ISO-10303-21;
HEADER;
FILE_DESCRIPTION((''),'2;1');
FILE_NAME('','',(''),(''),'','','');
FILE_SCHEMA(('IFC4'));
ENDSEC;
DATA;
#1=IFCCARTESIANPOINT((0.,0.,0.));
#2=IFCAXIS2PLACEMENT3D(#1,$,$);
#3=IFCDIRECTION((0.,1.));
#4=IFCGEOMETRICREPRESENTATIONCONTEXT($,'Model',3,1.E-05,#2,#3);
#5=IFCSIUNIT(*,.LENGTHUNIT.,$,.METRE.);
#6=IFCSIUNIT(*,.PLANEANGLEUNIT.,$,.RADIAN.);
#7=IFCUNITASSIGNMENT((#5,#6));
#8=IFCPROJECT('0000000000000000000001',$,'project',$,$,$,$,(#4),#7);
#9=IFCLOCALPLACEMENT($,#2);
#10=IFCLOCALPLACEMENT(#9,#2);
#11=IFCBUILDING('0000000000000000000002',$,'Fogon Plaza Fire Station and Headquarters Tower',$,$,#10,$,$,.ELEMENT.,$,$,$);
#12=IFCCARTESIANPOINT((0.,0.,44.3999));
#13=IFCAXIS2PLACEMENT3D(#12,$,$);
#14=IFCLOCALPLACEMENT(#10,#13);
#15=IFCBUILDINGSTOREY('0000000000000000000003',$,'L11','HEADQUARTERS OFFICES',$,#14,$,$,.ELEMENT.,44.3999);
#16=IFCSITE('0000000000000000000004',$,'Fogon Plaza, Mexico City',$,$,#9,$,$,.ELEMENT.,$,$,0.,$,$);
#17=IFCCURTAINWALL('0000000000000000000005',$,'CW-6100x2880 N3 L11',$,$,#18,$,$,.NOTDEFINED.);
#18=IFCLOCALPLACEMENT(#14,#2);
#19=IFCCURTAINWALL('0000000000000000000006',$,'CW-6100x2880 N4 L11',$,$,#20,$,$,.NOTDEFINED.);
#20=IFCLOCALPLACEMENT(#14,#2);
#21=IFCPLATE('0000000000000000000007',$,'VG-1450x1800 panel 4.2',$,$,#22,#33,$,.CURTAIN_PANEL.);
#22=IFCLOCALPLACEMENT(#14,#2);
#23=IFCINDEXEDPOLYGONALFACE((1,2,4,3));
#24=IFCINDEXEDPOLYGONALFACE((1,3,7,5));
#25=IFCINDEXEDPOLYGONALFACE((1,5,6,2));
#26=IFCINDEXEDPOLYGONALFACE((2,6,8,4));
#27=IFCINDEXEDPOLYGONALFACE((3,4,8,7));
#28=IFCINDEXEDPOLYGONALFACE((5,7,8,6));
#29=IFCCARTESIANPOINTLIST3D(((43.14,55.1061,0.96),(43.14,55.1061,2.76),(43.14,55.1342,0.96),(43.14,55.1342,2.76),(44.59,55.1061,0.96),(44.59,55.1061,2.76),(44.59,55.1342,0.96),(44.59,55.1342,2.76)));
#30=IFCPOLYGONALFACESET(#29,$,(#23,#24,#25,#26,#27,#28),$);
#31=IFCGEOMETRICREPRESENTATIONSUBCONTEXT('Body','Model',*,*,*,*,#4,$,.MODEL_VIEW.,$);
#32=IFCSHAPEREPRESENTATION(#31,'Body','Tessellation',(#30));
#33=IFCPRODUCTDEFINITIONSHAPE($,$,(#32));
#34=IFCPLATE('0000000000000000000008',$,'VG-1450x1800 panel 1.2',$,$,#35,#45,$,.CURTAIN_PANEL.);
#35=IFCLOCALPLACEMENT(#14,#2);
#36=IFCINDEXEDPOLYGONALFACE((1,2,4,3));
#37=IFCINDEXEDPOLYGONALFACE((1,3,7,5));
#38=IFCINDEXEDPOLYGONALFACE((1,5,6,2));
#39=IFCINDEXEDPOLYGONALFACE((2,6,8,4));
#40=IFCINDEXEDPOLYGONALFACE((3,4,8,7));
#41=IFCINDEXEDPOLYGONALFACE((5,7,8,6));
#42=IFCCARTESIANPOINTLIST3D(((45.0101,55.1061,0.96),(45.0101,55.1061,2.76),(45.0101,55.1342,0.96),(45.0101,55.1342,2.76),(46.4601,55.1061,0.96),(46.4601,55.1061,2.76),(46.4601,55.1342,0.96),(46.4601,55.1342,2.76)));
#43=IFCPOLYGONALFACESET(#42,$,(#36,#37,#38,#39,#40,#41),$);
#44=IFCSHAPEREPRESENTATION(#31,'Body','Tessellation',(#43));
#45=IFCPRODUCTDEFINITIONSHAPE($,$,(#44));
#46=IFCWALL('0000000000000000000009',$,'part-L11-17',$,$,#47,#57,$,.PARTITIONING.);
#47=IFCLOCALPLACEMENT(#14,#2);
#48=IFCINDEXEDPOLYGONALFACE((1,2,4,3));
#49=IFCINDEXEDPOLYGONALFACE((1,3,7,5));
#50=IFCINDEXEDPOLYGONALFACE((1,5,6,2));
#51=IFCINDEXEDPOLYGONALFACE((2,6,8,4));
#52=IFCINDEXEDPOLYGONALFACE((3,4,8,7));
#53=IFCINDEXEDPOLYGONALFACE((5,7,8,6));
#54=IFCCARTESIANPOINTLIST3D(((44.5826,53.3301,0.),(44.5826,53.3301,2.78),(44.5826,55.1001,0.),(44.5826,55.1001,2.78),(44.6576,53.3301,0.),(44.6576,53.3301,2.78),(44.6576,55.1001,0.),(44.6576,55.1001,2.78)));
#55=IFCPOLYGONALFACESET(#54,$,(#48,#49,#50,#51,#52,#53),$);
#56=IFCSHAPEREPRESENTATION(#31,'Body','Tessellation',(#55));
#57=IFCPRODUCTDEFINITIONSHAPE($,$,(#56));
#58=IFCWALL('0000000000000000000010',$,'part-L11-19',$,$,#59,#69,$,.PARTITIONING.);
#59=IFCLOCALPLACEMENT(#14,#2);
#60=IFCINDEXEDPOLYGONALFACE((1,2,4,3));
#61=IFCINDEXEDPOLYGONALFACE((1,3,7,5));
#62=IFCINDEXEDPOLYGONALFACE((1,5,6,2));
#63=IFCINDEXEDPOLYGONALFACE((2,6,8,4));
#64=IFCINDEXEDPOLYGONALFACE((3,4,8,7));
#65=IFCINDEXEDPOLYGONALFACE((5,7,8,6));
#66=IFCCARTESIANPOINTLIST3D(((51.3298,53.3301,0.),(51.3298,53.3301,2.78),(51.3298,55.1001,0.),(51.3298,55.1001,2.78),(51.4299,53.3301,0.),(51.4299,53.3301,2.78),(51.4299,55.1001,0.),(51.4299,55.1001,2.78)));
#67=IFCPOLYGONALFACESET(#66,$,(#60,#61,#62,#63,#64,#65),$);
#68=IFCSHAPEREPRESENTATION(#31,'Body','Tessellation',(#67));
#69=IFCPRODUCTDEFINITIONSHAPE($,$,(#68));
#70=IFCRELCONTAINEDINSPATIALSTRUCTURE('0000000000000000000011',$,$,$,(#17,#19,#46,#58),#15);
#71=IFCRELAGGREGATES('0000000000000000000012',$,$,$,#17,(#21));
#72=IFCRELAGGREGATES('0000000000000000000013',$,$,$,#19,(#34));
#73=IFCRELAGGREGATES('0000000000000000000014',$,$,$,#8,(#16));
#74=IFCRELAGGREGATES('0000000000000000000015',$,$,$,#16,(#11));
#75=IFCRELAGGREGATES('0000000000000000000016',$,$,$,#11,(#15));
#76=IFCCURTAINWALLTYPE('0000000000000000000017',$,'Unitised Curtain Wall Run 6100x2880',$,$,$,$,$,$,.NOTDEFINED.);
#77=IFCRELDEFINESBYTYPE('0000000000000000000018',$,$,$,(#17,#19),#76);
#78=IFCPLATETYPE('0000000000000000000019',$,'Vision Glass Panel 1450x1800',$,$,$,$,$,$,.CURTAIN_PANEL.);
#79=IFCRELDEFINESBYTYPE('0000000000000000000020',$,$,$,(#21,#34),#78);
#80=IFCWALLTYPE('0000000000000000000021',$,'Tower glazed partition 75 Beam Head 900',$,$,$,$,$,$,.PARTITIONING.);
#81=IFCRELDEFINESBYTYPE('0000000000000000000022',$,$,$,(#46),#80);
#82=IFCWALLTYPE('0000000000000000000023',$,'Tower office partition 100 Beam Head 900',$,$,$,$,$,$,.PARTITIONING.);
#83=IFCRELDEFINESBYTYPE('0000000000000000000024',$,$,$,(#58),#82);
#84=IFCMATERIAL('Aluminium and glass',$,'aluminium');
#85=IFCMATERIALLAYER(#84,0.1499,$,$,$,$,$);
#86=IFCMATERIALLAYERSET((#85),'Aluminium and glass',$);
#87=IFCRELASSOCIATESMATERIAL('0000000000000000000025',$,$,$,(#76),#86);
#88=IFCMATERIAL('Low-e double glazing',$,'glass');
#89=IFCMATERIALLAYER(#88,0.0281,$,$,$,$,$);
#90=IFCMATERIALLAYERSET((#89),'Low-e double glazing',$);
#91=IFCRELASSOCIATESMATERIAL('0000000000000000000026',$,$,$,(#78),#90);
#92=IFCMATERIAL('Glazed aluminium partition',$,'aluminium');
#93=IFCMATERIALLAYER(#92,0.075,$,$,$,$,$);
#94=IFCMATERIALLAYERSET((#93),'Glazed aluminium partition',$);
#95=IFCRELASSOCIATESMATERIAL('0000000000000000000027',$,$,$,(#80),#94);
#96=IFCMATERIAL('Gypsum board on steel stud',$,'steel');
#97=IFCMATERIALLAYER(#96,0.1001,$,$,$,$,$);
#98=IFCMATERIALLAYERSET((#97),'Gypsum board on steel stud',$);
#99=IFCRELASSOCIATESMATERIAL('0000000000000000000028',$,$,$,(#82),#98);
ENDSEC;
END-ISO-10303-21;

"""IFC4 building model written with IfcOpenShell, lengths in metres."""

from ifc_helpers import new_model, si_unit, direction, frame, frame_2d, origin, origin_2d, place, context, subcontext, project, spatial, rectangle, extrude, material, layer, layer_set, type_object, element, aggregate, save


model = new_model("IFC4")

# Units and contexts
model_context = context("Model", 3, precision=1e-05, world=origin(), true_north=direction((0.0, 1.0)))
body_context = subcontext(model_context, "Body", "Model", "MODEL_VIEW")
ifc_project = project(units=[si_unit("LENGTHUNIT", "METRE"), si_unit("PLANEANGLEUNIT", "RADIAN")], contexts=[model_context])

# Site, building, storey
site_placement = place(None, origin())
site = spatial("IfcSite", under=ifc_project, at=site_placement, Name="Fogon Plaza, Mexico City", CompositionType="ELEMENT", RefElevation=0.0)
building_placement = place(site_placement, origin())
building = spatial("IfcBuilding", under=site, at=building_placement, Name="Fogon Plaza Fire Station and Headquarters Tower", CompositionType="ELEMENT")
storey_placement = place(building_placement, frame((0.0, 0.0, 44.3999)))
storey = spatial("IfcBuildingStorey", under=building, at=storey_placement, Name="L11", Description="HEADQUARTERS OFFICES", CompositionType="ELEMENT", Elevation=44.3999)

# Curtain walls
ifc_material_1 = material(Name="Aluminium and glass", Category="aluminium")
ifc_layer_1 = layer(ifc_material_1, 0.1499)
ifc_layer_set_1 = layer_set([ifc_layer_1], Name="Aluminium and glass")
curtain_wall_type = type_object("IfcCurtainWallType", Name="Unitised Curtain Wall Run 6100x2880", PredefinedType="NOTDEFINED", material=ifc_layer_set_1)
curtain_wall_1_placement = place(storey_placement, origin())
curtain_wall_1 = element("IfcCurtainWall", 1, at=curtain_wall_1_placement, inside=storey, type_object=curtain_wall_type, Name="CW-6100x2880 N3 L11", PredefinedType="NOTDEFINED")
curtain_wall_2_placement = place(storey_placement, origin())
curtain_wall_2 = element("IfcCurtainWall", 2, at=curtain_wall_2_placement, inside=storey, type_object=curtain_wall_type, Name="CW-6100x2880 N4 L11", PredefinedType="NOTDEFINED")

# Plates
ifc_material_2 = material(Name="Low-e double glazing", Category="glass")
ifc_layer_2 = layer(ifc_material_2, 0.0281)
ifc_layer_set_2 = layer_set([ifc_layer_2], Name="Low-e double glazing")
plate_type_1 = type_object("IfcPlateType", Name="Vision Glass Panel 1450x1800", PredefinedType="CURTAIN_PANEL", material=ifc_layer_set_2)
plate_1_placement = place(storey_placement, frame((43.865, 55.1201, 0.96), z_axis=(0.0, 0.0, 1.0), x_axis=(1.0, 0.0, 0.0)))
plate_1 = element("IfcPlate", 3, at=plate_1_placement, type_object=plate_type_1, Name="VG-1450x1800 panel 4.2", PredefinedType="CURTAIN_PANEL", context=body_context, shape_type="SweptSolid", body=[
    extrude(rectangle(XDim=1.45, YDim=0.0281, at=origin_2d()), origin(), (0.0, 0.0, 1.0), 1.8),
])
aggregate(curtain_wall_1, [plate_1])
plate_2_placement = place(storey_placement, frame((45.7351, 55.1201, 0.96), z_axis=(0.0, 0.0, 1.0), x_axis=(1.0, 0.0, 0.0)))
plate_2 = element("IfcPlate", 4, at=plate_2_placement, type_object=plate_type_1, Name="VG-1450x1800 panel 1.2", PredefinedType="CURTAIN_PANEL", context=body_context, shape_type="SweptSolid", body=[
    extrude(rectangle(XDim=1.45, YDim=0.0281, at=origin_2d()), origin(), (0.0, 0.0, 1.0), 1.8),
])
aggregate(curtain_wall_2, [plate_2])

# Walls
ifc_material_3 = material(Name="Glazed aluminium partition", Category="aluminium")
ifc_layer_3 = layer(ifc_material_3, 0.075)
ifc_layer_set_3 = layer_set([ifc_layer_3], Name="Glazed aluminium partition")
wall_type_1 = type_object("IfcWallType", Name="Tower glazed partition 75 Beam Head 900", PredefinedType="PARTITIONING", material=ifc_layer_set_3)
wall_1_placement = place(storey_placement, frame((44.6201, 53.3301, 0.0), z_axis=(0.0, 0.0, 1.0), x_axis=(0.0, 1.0, 0.0)))
element("IfcWall", 5, at=wall_1_placement, inside=storey, type_object=wall_type_1, Name="part-L11-17", PredefinedType="PARTITIONING", context=body_context, shape_type="SweptSolid", body=[
    extrude(rectangle(XDim=1.77, YDim=0.075, at=frame_2d((0.885, 0.0))), origin(), (0.0, 0.0, 1.0), 2.78),
])
ifc_material_4 = material(Name="Gypsum board on steel stud", Category="steel")
ifc_layer_4 = layer(ifc_material_4, 0.1001)
ifc_layer_set_4 = layer_set([ifc_layer_4], Name="Gypsum board on steel stud")
wall_type_2 = type_object("IfcWallType", Name="Tower office partition 100 Beam Head 900", PredefinedType="PARTITIONING", material=ifc_layer_set_4)
wall_2_placement = place(storey_placement, frame((51.3799, 53.3301, 0.0), z_axis=(0.0, 0.0, 1.0), x_axis=(0.0, 1.0, 0.0)))
element("IfcWall", 6, at=wall_2_placement, inside=storey, type_object=wall_type_2, Name="part-L11-19", PredefinedType="PARTITIONING", context=body_context, shape_type="SweptSolid", body=[
    extrude(rectangle(XDim=1.77, YDim=0.1001, at=frame_2d((0.885, 0.0))), origin(), (0.0, 0.0, 1.0), 2.78),
])

save(model, "model.ifc")
